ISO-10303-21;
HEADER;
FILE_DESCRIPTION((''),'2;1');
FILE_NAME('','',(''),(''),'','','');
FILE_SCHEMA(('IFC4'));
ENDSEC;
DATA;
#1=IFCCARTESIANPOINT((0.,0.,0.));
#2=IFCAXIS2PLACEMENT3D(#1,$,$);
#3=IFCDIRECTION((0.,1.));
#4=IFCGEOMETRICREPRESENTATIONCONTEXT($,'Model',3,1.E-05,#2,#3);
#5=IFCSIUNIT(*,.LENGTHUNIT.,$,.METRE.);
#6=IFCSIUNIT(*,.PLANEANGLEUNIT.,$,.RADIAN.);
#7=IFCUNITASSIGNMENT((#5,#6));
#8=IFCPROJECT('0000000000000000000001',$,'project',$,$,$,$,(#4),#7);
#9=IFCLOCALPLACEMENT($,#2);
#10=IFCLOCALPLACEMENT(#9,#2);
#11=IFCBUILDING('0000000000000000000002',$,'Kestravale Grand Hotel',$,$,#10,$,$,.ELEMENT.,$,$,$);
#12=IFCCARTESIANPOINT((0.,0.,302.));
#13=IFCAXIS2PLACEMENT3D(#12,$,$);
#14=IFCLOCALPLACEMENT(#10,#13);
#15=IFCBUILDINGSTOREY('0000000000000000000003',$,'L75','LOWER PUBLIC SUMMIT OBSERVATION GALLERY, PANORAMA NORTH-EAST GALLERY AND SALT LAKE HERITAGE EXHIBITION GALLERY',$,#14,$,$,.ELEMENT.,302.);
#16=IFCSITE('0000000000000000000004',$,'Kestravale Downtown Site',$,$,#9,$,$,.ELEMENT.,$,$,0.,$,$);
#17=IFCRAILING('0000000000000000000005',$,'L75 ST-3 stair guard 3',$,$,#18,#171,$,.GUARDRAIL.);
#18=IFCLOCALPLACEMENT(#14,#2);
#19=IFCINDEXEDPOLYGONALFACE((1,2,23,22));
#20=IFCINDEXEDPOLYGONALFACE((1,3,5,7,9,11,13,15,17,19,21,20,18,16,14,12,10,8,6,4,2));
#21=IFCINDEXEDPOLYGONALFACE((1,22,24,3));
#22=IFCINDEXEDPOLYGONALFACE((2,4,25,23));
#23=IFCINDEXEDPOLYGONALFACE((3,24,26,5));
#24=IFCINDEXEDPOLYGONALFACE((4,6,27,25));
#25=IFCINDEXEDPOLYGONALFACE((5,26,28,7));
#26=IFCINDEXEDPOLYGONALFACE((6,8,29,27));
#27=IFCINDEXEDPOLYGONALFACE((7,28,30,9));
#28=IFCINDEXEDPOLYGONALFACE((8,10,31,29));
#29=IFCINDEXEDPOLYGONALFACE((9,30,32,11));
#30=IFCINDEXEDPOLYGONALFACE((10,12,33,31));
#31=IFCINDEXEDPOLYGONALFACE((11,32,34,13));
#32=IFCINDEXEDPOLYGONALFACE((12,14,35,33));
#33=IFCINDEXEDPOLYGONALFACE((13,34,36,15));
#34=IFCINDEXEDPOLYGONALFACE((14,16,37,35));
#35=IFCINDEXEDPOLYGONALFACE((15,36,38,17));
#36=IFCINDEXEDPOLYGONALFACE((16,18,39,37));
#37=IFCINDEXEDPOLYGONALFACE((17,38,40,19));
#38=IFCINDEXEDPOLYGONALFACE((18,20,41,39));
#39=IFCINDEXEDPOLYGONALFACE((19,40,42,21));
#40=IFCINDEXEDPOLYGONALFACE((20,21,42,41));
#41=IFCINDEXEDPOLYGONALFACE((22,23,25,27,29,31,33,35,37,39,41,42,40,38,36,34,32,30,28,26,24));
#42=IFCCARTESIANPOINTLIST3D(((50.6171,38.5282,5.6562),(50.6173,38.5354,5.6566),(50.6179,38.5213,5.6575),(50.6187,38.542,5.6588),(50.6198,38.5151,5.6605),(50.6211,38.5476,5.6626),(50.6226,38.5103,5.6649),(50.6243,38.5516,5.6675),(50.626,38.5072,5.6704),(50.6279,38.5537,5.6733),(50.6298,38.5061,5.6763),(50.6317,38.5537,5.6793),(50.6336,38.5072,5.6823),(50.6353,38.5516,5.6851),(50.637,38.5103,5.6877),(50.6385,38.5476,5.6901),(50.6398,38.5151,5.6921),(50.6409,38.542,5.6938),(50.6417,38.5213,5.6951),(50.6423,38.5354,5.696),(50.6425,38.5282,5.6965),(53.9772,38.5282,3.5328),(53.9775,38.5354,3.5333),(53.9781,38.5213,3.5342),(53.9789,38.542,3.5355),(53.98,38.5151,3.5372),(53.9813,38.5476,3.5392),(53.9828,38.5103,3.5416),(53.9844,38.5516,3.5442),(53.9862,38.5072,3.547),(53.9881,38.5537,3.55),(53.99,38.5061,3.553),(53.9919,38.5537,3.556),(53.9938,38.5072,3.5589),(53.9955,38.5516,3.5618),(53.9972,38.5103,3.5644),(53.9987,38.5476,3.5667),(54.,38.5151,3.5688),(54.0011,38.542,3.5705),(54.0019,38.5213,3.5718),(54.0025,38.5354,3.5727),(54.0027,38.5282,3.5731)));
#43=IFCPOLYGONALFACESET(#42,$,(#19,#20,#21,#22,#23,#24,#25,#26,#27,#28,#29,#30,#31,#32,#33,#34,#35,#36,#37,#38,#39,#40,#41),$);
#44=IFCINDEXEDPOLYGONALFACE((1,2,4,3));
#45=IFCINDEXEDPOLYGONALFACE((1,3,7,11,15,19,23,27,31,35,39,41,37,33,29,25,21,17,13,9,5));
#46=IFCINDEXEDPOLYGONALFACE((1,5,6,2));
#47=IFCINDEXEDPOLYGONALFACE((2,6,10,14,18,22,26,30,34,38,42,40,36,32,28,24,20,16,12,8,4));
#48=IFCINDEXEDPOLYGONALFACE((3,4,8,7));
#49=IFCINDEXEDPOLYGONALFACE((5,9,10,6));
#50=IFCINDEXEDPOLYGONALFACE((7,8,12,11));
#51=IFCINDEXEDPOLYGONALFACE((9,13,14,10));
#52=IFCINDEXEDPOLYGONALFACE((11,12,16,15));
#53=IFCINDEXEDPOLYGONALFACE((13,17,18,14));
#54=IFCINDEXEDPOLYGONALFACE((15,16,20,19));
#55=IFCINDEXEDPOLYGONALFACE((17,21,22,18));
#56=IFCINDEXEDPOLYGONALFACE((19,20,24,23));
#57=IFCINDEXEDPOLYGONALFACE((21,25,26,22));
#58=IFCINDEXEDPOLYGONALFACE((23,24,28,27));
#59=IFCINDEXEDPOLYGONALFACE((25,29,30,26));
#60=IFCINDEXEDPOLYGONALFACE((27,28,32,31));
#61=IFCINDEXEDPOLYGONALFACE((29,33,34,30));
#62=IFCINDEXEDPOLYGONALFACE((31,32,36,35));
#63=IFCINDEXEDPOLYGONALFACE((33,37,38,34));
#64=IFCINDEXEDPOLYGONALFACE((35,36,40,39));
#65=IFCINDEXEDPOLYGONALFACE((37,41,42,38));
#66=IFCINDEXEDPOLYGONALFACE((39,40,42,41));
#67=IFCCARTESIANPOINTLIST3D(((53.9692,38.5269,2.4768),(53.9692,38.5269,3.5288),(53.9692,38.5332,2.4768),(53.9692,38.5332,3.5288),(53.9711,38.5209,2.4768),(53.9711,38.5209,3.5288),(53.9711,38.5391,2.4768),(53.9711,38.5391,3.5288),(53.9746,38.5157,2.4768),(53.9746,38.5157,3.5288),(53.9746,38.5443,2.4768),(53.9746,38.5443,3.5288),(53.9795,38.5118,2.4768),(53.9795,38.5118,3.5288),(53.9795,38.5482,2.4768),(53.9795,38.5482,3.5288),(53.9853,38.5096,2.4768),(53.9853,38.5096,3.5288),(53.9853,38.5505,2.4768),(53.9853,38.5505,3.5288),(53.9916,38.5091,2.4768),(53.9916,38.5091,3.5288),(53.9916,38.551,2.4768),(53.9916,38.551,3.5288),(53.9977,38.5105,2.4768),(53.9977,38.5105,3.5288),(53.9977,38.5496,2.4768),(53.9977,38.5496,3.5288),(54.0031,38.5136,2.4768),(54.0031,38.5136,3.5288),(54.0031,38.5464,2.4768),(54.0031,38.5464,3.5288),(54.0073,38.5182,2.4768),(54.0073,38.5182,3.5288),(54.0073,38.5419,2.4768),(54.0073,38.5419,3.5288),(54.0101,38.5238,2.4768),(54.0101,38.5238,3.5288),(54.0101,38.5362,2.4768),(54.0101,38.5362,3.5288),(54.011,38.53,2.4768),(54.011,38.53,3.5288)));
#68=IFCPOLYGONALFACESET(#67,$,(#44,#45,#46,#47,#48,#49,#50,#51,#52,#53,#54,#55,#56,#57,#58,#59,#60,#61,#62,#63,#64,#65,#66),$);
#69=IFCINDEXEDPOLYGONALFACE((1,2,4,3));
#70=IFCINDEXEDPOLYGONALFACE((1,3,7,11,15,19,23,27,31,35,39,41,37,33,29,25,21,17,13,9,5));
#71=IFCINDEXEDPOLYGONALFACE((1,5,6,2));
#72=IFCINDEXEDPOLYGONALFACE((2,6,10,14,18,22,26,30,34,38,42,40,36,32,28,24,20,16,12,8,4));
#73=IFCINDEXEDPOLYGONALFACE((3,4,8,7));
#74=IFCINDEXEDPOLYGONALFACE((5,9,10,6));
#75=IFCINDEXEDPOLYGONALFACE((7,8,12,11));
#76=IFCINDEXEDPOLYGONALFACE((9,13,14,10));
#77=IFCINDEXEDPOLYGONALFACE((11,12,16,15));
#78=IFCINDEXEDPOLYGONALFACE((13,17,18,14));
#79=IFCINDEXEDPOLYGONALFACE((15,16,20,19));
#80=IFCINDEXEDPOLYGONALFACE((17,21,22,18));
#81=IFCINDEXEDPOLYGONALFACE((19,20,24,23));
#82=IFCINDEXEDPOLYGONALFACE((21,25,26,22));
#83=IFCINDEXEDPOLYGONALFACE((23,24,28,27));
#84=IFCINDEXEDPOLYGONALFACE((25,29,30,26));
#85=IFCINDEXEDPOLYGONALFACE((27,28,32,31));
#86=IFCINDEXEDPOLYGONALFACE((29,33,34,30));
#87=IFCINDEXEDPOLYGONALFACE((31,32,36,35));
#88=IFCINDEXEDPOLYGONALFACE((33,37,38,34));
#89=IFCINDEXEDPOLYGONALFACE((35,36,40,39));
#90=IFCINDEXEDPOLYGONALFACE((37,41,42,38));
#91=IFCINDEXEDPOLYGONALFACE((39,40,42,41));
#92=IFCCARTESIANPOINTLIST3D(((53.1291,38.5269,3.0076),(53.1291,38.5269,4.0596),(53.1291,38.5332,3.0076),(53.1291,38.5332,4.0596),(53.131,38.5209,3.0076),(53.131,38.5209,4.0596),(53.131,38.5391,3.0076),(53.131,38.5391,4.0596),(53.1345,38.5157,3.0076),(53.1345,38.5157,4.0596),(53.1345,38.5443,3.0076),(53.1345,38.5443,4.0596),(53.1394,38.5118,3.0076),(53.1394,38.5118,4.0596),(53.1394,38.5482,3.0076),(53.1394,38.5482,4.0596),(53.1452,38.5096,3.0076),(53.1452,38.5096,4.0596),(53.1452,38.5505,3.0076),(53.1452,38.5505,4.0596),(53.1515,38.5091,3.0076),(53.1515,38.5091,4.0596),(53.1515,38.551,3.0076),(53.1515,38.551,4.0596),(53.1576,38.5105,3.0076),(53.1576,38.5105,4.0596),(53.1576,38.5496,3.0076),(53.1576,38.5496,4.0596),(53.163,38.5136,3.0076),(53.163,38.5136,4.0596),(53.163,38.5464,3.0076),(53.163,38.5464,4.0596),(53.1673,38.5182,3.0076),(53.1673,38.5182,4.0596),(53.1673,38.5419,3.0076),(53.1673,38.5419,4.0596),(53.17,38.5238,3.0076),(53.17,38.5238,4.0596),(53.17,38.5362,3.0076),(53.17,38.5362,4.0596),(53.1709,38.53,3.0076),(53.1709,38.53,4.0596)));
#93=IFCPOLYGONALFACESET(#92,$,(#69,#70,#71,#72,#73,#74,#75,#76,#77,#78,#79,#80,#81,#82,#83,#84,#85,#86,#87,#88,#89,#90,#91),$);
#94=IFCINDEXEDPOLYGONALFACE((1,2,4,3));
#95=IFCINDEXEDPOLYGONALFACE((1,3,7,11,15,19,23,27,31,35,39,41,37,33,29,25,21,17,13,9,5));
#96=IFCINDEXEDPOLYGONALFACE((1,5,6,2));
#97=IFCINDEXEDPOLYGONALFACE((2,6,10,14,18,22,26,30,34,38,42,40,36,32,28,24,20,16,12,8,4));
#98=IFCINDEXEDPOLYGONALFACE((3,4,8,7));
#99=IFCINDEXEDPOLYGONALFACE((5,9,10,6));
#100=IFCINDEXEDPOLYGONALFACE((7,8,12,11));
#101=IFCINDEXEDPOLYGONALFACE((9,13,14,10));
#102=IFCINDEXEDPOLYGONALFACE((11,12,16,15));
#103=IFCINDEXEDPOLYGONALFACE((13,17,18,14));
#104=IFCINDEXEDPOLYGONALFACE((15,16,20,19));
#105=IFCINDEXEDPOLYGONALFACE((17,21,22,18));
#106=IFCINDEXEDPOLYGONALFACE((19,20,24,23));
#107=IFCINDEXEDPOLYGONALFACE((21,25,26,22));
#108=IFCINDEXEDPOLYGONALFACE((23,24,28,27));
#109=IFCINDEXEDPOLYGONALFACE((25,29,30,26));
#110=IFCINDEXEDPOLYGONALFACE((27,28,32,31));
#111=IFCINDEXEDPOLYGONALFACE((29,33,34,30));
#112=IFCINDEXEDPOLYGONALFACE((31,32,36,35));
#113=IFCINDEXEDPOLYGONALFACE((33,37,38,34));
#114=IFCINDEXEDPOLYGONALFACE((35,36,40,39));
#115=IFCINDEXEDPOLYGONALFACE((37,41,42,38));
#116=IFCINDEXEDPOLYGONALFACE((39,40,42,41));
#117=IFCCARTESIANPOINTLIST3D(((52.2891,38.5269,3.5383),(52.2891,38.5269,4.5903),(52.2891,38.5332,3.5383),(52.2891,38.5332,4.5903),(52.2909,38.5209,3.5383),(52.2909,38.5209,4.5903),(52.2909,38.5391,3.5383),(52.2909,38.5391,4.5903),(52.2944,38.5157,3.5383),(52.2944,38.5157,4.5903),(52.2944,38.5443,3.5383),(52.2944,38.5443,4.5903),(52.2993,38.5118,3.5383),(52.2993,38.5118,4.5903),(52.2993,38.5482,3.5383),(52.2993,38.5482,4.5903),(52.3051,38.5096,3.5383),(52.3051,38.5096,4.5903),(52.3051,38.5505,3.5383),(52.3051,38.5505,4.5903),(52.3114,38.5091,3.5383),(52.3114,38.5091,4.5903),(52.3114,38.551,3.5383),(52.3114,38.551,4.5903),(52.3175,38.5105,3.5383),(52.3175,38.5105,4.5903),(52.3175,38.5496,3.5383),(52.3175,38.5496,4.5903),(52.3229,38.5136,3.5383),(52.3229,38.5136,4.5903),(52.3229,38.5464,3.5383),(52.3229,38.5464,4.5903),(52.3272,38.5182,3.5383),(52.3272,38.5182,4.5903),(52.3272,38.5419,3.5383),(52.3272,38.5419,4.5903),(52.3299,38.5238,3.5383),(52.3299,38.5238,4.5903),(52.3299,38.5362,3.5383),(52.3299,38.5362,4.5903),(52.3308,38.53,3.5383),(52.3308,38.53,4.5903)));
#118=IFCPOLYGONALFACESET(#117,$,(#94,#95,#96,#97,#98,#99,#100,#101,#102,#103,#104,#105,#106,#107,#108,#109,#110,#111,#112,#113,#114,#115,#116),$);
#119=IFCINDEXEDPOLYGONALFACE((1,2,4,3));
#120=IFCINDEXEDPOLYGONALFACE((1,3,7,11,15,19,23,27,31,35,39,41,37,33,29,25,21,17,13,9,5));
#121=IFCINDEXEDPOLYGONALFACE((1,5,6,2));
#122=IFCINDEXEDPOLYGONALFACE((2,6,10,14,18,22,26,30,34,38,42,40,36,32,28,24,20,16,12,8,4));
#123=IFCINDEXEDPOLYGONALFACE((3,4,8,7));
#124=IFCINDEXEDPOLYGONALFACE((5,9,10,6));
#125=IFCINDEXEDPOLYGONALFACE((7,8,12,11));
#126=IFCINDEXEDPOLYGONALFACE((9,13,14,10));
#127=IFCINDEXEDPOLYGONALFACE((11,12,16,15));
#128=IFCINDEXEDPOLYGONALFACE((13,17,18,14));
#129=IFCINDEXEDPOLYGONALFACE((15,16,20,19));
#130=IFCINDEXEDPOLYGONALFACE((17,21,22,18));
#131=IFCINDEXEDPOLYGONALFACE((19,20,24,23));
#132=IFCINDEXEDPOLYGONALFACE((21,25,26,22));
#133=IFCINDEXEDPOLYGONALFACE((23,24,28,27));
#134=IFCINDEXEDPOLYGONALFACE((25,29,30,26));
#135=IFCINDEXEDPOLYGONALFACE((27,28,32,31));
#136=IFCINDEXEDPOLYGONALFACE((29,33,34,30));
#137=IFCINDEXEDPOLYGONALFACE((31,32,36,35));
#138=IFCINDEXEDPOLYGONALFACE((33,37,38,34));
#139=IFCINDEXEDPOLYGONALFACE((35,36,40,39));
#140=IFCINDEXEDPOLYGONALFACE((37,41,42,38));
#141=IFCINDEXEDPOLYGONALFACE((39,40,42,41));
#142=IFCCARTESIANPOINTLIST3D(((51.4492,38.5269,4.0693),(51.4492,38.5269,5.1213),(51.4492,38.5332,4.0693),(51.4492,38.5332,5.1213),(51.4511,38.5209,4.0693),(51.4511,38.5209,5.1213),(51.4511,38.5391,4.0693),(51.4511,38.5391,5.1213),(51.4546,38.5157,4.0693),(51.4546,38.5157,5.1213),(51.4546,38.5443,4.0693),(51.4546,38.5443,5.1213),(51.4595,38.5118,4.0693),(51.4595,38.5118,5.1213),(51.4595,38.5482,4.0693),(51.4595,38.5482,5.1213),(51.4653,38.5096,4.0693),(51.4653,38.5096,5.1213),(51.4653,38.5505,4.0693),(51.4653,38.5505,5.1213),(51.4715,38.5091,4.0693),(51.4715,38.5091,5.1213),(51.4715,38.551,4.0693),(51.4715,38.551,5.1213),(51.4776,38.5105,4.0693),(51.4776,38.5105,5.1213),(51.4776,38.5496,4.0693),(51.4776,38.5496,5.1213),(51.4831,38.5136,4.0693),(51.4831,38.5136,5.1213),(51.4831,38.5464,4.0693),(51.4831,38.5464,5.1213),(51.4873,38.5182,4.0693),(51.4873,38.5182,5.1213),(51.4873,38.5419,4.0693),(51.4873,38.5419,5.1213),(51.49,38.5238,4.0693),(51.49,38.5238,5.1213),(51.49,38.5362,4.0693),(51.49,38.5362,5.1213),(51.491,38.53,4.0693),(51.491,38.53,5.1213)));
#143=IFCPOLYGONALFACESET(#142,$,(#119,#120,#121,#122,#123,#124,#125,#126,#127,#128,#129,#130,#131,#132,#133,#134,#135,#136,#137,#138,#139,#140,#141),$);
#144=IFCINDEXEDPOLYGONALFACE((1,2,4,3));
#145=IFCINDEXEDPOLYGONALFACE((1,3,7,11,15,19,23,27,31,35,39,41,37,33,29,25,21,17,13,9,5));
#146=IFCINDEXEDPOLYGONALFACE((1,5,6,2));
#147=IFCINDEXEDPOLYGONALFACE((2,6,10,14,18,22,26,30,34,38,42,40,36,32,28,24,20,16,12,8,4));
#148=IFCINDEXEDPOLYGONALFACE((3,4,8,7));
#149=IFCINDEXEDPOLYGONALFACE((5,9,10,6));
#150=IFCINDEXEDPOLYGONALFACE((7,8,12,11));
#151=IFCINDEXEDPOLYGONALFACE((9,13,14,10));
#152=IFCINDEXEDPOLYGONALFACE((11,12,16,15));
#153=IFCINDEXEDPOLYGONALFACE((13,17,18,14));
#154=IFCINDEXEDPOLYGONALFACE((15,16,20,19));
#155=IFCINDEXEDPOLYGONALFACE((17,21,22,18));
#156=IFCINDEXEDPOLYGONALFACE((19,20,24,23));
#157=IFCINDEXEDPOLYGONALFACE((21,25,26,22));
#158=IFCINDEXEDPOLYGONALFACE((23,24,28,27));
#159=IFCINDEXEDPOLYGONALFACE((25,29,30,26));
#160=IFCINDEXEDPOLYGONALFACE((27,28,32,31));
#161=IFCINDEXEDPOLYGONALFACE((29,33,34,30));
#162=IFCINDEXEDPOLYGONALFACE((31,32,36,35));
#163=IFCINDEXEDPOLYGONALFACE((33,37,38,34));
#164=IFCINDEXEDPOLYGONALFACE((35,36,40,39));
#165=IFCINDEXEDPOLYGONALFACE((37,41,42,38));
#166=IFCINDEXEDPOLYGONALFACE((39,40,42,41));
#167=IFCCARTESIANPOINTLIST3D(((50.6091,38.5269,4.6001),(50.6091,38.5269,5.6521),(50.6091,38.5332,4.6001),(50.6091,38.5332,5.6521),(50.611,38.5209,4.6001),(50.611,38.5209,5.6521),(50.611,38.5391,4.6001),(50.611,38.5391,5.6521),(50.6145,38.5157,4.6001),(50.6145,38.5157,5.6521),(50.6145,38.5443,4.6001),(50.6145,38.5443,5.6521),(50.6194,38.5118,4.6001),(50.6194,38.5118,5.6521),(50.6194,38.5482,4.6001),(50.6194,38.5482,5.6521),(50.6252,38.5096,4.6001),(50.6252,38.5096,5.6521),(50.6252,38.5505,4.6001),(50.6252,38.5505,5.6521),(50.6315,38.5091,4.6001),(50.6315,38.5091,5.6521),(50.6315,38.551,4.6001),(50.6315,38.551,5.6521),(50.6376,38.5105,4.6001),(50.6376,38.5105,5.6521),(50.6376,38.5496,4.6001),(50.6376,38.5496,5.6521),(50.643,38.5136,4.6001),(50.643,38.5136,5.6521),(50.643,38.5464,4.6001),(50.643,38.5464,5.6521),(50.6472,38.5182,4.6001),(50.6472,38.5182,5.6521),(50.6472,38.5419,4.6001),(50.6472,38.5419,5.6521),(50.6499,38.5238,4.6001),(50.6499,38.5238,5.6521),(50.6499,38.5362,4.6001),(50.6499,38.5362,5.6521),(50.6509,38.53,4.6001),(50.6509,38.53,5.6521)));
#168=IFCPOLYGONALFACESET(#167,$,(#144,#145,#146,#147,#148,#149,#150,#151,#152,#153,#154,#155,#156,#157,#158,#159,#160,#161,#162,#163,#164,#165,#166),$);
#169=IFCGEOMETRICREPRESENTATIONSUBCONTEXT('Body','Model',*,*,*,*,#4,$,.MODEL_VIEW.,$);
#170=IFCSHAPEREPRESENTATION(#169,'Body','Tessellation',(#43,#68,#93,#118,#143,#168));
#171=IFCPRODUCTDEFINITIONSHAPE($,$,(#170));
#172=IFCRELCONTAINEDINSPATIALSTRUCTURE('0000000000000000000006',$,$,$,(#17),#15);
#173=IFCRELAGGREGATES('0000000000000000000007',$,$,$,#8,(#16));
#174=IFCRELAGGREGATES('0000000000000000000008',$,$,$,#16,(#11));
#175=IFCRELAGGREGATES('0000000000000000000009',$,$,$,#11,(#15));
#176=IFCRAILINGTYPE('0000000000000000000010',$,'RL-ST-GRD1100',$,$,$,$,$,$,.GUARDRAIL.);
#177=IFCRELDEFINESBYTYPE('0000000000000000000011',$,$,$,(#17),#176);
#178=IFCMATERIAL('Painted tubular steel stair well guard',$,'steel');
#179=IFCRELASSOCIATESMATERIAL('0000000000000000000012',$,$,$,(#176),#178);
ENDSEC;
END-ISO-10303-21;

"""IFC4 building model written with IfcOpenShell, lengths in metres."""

from ifc_helpers import new_model, si_unit, direction, frame, origin, origin_2d, place, context, subcontext, project, spatial, circle, extrude, material, type_object, element, save


model = new_model("IFC4")

# Units and contexts
model_context = context("Model", 3, precision=1e-05, world=origin(), true_north=direction((0.0, 1.0)))
body_context = subcontext(model_context, "Body", "Model", "MODEL_VIEW")
ifc_project = project(units=[si_unit("LENGTHUNIT", "METRE"), si_unit("PLANEANGLEUNIT", "RADIAN")], contexts=[model_context])

# Site, building, storey
site_placement = place(None, origin())
site = spatial("IfcSite", under=ifc_project, at=site_placement, Name="Kestravale Downtown Site", CompositionType="ELEMENT", RefElevation=0.0)
building_placement = place(site_placement, origin())
building = spatial("IfcBuilding", under=site, at=building_placement, Name="Kestravale Grand Hotel", CompositionType="ELEMENT")
storey_placement = place(building_placement, frame((0.0, 0.0, 302.0)))
storey = spatial("IfcBuildingStorey", under=building, at=storey_placement, Name="L75", Description="LOWER PUBLIC SUMMIT OBSERVATION GALLERY, PANORAMA NORTH-EAST GALLERY AND SALT LAKE HERITAGE EXHIBITION GALLERY", CompositionType="ELEMENT", Elevation=302.0)

# Railing
ifc_material_1 = material(Name="Painted tubular steel stair well guard", Category="steel")
railing_type_1 = type_object("IfcRailingType", Name="RL-ST-GRD1100", PredefinedType="GUARDRAIL", material=ifc_material_1)
railing_1_placement = place(storey_placement, frame((53.99, 38.53, 2.4768)))
element("IfcRailing", 1, at=railing_1_placement, inside=storey, type_object=railing_type_1, Name="L75 ST-3 stair guard 3", PredefinedType="GUARDRAIL", context=body_context, shape_type="SweptSolid", body=[
    extrude(circle(Radius=0.0239, at=origin_2d()), frame((0.0, 0.0, 1.0762), z_axis=(-0.845362, 0.0, 0.534194), x_axis=(0.0, -1.0, 0.0)), (0.0, 0.0, 1.0), 3.9749),
    extrude(circle(Radius=0.021, at=origin_2d()), origin(), (0.0, 0.0, 1.0), 1.052),
    extrude(circle(Radius=0.021, at=origin_2d()), frame((-0.8401, 0.0, 0.5308)), (0.0, 0.0, 1.0), 1.052),
    extrude(circle(Radius=0.021, at=origin_2d()), frame((-1.6802, 0.0, 1.0615)), (0.0, 0.0, 1.0), 1.052),
    extrude(circle(Radius=0.021, at=origin_2d()), frame((-2.52, 0.0, 1.5925)), (0.0, 0.0, 1.0), 1.052),
    extrude(circle(Radius=0.021, at=origin_2d()), frame((-3.3601, 0.0, 2.1233)), (0.0, 0.0, 1.0), 1.052),
])

save(model, "model.ifc")
